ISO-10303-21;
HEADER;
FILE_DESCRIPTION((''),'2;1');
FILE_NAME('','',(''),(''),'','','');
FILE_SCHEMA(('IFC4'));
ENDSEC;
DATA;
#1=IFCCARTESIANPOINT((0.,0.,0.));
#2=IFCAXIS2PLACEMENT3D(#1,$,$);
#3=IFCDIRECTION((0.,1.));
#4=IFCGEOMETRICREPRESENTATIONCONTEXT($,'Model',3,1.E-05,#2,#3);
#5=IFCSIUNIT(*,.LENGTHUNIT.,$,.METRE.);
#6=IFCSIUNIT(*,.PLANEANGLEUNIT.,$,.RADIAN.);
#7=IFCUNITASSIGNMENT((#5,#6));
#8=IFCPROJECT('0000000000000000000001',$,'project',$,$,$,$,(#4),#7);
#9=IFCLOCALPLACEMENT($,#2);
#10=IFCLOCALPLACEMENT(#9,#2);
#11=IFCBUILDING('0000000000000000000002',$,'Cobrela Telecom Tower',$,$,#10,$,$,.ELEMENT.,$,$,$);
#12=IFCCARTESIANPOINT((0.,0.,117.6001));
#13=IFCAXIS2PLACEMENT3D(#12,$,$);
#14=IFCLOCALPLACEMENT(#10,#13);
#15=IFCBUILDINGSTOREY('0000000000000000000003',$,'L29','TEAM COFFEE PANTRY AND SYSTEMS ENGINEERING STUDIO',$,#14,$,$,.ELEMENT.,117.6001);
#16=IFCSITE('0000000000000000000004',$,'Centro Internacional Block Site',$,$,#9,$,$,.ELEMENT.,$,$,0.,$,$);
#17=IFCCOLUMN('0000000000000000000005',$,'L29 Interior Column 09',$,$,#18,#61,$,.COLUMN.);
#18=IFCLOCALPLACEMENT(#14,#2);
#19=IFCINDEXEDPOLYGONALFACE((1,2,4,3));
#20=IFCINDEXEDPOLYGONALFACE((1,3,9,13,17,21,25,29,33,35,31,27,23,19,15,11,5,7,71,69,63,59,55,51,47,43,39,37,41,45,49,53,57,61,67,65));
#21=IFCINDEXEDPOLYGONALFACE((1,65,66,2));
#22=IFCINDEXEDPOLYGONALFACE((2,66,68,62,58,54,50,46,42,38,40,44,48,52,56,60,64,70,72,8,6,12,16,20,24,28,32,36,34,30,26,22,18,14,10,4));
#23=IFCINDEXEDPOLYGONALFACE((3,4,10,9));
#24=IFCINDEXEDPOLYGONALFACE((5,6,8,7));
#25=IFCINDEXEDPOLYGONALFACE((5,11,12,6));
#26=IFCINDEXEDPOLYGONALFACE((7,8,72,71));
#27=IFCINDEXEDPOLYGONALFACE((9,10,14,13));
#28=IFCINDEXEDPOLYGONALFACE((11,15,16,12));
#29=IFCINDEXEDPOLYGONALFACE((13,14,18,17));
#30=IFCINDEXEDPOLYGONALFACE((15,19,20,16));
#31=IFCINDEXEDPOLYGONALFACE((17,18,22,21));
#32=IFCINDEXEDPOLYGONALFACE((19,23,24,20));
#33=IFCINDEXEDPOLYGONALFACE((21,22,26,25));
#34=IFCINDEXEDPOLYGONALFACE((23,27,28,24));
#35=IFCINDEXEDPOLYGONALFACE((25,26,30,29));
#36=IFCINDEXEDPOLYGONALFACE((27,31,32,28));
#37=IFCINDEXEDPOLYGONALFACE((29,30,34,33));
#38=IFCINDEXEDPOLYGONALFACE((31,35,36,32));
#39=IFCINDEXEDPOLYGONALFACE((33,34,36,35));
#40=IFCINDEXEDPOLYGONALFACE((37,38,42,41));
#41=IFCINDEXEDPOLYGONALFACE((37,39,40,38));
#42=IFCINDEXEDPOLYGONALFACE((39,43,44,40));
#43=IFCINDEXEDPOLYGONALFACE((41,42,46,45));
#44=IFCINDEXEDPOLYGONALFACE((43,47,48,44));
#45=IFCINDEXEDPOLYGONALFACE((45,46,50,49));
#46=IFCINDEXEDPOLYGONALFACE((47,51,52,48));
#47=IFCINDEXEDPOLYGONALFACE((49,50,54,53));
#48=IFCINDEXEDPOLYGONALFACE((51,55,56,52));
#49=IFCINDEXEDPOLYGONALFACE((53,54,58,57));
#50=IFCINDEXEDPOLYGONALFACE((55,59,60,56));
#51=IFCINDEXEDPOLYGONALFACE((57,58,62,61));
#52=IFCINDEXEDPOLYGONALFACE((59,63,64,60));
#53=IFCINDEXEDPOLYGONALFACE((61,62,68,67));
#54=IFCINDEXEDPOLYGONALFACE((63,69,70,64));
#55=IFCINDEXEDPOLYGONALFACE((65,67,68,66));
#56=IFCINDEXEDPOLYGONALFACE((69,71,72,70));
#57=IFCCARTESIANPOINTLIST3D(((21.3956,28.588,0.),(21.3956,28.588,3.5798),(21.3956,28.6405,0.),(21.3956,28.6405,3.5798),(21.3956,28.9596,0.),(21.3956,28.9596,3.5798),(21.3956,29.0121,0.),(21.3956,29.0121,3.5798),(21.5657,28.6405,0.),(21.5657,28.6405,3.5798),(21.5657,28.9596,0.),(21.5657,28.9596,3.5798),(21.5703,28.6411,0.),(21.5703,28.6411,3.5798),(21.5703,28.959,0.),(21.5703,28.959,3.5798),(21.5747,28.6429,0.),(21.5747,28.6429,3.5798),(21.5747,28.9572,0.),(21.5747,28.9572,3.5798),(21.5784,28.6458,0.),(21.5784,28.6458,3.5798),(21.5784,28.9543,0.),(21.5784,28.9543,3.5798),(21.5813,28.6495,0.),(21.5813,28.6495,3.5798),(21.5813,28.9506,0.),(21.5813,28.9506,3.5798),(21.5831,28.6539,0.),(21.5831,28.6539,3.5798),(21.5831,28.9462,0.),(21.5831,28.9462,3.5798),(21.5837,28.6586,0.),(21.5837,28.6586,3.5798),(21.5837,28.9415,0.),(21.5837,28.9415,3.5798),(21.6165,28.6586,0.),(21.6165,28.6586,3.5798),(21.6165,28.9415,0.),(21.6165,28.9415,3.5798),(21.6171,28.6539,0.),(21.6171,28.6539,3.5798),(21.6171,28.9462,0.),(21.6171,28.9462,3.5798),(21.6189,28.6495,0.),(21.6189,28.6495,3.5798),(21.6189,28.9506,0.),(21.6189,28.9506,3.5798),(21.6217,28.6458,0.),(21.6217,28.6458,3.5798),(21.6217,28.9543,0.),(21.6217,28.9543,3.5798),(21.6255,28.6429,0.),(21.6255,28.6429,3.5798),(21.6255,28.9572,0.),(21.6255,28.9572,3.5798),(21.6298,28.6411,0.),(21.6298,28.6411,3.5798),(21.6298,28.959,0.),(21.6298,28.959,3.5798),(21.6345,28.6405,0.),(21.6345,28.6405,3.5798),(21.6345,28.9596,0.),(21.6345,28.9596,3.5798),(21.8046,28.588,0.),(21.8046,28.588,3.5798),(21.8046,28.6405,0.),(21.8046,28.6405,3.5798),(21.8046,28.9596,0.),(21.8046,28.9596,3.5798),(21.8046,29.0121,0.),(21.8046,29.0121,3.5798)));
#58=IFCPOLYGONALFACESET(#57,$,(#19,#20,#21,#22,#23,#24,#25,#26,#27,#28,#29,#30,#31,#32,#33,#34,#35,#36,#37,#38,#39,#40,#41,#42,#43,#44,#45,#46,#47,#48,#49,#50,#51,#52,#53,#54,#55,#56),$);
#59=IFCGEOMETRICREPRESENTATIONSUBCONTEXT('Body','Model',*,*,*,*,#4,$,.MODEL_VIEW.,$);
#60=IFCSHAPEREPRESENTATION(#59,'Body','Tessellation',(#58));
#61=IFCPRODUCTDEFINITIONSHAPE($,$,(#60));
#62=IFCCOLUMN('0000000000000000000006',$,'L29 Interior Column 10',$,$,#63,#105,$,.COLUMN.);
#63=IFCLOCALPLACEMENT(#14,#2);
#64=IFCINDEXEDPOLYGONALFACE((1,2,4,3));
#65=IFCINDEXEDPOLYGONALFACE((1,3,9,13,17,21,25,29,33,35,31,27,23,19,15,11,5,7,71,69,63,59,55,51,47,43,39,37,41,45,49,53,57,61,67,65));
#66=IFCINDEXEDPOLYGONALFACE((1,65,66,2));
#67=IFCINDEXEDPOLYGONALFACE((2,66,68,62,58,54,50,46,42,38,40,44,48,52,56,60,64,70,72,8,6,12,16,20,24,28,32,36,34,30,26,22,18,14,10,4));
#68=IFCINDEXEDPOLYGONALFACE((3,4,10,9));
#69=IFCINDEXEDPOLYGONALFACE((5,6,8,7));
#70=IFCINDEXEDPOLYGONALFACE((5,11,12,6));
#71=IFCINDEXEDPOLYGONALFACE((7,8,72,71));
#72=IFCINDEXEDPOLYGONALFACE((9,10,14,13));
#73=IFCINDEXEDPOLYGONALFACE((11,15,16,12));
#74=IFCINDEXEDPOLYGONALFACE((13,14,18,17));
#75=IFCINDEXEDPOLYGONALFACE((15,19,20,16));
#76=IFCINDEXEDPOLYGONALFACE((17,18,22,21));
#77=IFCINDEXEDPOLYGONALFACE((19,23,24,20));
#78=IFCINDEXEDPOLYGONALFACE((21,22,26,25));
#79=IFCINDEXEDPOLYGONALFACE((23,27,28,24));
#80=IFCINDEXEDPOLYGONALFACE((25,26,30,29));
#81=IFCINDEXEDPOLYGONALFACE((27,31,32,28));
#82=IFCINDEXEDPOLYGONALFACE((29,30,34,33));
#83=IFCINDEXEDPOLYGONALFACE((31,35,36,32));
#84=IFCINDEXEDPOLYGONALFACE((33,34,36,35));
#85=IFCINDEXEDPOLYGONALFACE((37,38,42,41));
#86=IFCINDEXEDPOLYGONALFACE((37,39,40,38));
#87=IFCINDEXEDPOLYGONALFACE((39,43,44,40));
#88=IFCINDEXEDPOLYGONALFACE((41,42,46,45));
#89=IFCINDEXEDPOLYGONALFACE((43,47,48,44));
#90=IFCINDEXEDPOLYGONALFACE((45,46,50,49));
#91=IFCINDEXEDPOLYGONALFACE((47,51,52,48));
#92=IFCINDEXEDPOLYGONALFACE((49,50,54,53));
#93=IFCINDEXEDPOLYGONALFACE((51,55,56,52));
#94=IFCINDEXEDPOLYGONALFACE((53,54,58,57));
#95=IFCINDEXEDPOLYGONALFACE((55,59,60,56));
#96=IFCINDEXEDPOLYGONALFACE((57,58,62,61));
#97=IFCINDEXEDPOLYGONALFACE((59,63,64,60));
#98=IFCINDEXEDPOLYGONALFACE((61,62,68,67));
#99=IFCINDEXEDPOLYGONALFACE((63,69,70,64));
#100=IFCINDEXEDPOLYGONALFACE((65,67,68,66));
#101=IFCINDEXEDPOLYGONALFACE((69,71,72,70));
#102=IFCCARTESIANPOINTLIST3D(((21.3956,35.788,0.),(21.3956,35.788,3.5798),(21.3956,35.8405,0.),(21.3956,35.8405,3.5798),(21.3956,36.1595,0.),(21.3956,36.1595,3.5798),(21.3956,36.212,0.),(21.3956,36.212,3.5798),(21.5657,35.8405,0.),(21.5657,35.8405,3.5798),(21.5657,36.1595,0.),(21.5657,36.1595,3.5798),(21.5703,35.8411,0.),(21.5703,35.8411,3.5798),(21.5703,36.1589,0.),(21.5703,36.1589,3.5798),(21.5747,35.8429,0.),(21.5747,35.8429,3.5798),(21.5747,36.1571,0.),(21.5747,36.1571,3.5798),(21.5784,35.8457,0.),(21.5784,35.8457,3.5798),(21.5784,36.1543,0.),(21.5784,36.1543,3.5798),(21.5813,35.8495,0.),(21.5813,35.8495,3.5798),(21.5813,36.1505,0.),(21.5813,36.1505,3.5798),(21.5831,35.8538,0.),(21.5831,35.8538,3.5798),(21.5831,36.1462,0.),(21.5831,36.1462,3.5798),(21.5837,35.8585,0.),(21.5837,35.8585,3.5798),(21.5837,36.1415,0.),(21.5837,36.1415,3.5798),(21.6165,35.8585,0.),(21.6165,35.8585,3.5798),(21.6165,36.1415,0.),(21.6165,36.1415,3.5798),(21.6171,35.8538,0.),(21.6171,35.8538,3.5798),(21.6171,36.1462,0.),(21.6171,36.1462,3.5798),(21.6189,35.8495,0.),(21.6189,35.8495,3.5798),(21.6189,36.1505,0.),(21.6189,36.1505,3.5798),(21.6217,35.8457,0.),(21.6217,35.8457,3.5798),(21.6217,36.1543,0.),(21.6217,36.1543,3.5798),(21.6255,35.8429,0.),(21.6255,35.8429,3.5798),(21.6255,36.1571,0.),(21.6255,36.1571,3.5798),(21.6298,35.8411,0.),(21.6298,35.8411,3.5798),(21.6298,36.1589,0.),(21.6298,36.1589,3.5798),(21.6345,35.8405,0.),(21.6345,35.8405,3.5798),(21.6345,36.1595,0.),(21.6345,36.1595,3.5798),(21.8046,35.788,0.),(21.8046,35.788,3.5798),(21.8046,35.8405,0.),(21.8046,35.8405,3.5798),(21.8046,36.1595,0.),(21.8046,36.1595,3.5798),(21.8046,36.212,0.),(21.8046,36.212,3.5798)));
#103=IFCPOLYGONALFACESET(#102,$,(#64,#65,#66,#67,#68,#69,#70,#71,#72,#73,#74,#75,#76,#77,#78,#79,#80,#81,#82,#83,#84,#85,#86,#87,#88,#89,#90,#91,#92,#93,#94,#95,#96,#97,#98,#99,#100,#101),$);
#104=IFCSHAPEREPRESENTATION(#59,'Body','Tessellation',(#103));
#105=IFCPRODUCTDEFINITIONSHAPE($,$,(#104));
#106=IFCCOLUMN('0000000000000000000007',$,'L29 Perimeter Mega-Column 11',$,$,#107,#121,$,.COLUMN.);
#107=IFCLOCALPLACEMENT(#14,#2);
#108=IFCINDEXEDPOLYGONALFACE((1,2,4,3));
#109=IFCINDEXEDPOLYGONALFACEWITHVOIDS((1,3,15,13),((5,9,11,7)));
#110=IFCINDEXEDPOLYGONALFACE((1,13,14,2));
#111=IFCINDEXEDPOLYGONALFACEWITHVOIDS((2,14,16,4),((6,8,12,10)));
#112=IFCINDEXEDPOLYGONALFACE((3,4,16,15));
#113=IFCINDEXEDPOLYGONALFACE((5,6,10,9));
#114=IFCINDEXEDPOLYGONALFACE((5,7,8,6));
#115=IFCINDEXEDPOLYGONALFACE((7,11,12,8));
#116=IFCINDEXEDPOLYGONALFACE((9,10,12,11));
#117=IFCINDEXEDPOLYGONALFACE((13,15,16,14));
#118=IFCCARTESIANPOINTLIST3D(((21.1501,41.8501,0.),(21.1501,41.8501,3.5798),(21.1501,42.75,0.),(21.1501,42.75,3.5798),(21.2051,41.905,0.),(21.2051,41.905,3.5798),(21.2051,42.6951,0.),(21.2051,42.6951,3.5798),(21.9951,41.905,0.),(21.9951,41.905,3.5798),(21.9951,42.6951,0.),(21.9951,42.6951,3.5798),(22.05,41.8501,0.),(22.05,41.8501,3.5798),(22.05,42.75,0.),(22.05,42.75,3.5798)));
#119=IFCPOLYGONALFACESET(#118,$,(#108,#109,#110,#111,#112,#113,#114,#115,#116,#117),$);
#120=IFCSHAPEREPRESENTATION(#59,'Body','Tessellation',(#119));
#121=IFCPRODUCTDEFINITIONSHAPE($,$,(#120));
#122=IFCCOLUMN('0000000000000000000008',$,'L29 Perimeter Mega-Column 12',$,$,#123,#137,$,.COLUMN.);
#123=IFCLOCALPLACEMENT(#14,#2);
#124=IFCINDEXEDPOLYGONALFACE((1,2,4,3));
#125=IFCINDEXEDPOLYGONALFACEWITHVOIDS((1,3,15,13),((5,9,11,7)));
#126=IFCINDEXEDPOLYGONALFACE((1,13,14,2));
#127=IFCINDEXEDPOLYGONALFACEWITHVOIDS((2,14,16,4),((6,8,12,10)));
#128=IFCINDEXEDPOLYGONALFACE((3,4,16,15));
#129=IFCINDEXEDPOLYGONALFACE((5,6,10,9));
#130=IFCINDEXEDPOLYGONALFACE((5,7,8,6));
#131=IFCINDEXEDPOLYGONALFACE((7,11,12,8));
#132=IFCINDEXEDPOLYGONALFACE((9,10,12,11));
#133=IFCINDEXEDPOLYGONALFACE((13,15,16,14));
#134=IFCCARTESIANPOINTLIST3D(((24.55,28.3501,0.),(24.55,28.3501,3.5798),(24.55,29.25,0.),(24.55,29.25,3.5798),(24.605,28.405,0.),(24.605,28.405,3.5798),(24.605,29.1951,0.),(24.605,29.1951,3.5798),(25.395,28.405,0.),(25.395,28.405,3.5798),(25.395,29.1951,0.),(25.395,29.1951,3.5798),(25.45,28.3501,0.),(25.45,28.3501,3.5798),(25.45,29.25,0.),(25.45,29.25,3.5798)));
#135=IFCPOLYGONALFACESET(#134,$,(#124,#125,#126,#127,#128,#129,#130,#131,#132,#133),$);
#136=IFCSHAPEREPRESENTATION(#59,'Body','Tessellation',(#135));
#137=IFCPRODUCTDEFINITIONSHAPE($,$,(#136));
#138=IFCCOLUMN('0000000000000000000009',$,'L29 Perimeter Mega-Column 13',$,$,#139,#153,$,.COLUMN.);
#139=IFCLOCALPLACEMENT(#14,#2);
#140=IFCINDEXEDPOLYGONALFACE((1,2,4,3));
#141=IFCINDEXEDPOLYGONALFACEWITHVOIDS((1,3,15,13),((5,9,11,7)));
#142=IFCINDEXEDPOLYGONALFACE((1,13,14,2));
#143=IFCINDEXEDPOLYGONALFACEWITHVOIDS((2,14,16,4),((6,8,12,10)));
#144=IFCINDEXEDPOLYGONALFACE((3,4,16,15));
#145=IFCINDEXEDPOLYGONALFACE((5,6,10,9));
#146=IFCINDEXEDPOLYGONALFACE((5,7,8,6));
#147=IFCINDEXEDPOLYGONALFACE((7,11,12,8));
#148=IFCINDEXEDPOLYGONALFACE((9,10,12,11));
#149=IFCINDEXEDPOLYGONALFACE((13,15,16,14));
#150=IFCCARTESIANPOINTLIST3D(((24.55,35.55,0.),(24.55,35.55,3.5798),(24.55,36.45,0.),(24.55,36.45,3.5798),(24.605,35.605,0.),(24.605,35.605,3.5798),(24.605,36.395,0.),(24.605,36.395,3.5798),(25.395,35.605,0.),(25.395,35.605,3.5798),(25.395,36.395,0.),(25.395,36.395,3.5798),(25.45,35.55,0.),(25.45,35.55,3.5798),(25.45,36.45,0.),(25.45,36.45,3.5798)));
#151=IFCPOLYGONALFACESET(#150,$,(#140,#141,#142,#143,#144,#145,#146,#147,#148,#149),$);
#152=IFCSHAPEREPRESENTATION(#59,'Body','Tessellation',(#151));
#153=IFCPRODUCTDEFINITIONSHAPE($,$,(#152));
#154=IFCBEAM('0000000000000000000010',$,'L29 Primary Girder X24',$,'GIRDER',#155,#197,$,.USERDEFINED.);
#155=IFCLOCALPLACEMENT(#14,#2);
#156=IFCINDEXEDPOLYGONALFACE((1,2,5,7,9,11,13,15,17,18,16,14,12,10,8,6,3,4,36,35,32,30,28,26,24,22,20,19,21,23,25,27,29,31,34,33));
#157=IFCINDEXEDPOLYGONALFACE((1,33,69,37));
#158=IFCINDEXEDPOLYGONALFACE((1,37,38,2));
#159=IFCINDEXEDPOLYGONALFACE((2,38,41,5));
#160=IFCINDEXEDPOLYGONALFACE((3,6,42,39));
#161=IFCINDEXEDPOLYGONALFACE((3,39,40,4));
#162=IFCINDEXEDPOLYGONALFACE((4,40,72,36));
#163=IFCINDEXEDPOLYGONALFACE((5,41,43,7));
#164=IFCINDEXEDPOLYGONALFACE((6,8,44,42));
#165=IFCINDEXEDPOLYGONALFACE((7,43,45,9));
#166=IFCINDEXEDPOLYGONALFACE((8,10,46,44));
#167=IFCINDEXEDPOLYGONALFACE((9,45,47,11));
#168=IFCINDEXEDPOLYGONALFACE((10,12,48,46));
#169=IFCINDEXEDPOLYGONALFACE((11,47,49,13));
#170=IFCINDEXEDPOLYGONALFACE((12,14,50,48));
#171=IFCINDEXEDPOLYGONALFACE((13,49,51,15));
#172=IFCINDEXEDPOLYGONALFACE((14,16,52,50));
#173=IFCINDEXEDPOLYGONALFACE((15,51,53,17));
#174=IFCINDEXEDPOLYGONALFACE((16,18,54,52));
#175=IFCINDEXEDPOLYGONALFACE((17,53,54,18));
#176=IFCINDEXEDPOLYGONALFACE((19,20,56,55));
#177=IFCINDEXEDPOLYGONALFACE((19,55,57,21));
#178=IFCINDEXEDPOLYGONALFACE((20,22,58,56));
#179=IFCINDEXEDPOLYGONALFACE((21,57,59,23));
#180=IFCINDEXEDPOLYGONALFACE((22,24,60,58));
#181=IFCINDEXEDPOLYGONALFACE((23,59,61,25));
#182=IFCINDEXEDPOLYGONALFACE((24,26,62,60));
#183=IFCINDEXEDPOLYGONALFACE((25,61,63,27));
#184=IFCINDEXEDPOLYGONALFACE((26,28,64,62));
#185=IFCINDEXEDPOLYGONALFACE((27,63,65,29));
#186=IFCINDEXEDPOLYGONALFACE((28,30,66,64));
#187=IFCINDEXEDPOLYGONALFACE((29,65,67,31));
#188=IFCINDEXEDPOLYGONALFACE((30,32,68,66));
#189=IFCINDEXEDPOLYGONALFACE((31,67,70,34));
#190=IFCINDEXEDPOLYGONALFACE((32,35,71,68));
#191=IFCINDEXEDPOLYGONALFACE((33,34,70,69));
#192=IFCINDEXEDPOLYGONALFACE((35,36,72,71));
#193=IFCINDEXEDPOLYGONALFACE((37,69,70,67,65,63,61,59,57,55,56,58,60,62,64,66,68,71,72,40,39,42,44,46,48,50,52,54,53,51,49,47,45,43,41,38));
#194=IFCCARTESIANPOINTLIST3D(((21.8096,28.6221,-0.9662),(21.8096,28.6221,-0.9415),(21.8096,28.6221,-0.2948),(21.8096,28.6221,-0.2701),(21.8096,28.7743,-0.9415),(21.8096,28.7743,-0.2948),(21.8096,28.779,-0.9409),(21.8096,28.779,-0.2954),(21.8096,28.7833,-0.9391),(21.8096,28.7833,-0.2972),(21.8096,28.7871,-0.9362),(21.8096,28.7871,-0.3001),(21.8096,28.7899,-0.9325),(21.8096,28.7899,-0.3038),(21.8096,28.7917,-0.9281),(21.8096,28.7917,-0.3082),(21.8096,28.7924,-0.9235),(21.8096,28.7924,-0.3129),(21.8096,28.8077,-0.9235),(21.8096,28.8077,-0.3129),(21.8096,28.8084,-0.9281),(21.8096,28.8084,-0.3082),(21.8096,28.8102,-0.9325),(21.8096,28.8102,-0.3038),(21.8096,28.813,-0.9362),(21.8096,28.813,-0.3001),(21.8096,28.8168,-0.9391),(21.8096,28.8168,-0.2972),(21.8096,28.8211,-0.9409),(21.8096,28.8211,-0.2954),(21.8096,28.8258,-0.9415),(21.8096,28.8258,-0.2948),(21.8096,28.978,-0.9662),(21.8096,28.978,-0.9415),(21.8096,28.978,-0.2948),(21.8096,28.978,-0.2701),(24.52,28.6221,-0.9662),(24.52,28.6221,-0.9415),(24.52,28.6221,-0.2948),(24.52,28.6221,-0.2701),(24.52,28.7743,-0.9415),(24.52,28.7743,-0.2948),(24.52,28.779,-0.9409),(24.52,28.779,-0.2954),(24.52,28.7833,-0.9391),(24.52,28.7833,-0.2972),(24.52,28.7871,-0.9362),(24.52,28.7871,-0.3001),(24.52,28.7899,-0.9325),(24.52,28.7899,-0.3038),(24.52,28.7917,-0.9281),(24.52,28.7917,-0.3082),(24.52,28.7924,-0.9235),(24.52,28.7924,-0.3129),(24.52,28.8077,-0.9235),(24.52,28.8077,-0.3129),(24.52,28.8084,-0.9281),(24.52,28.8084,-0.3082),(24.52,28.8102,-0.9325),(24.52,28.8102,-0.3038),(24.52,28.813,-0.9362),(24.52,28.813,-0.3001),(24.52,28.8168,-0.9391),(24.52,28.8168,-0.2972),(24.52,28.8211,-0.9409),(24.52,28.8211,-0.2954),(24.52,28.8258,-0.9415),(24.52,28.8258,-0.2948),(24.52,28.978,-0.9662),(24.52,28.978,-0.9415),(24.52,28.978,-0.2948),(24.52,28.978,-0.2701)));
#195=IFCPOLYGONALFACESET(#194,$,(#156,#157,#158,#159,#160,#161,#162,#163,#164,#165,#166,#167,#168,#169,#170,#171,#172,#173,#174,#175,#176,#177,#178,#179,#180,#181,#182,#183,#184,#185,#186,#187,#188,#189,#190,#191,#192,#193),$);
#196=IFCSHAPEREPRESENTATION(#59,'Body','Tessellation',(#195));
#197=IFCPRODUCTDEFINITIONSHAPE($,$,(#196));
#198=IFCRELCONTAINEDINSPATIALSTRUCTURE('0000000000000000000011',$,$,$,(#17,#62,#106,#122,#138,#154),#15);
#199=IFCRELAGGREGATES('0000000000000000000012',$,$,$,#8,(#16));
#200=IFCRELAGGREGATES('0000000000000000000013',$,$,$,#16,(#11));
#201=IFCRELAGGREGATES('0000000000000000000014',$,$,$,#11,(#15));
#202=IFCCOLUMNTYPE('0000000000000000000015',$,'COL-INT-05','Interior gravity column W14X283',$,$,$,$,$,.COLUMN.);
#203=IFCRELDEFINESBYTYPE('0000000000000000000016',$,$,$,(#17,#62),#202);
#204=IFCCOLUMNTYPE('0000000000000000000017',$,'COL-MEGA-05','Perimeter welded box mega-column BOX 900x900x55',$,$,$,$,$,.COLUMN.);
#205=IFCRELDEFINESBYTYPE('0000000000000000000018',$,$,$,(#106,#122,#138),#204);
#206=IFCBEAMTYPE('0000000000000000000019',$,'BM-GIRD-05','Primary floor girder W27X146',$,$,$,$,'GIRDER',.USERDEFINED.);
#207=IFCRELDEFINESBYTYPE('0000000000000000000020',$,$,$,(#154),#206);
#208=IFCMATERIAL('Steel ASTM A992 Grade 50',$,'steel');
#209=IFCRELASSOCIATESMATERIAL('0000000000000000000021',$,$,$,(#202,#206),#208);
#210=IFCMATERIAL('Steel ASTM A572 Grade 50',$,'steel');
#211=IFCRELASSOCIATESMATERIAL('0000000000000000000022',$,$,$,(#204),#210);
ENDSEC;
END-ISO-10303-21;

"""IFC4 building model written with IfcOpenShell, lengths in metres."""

from ifc_helpers import new_model, si_unit, direction, frame, origin, origin_2d, place, context, subcontext, project, spatial, hollow_rectangle, i_section, extrude, material, material_profile, profile_set, type_object, element, save


model = new_model("IFC4")

# Units and contexts
model_context = context("Model", 3, precision=1e-05, world=origin(), true_north=direction((0.0, 1.0)))
body_context = subcontext(model_context, "Body", "Model", "MODEL_VIEW")
ifc_project = project(units=[si_unit("LENGTHUNIT", "METRE"), si_unit("PLANEANGLEUNIT", "RADIAN")], contexts=[model_context])

# Site, building, storey
site_placement = place(None, origin())
site = spatial("IfcSite", under=ifc_project, at=site_placement, Name="Centro Internacional Block Site", CompositionType="ELEMENT", RefElevation=0.0)
building_placement = place(site_placement, origin())
building = spatial("IfcBuilding", under=site, at=building_placement, Name="Cobrela Telecom Tower", CompositionType="ELEMENT")
storey_placement = place(building_placement, frame((0.0, 0.0, 117.6001)))
storey = spatial("IfcBuildingStorey", under=building, at=storey_placement, Name="L29", Description="TEAM COFFEE PANTRY AND SYSTEMS ENGINEERING STUDIO", CompositionType="ELEMENT", Elevation=117.6001)

# Columns
ifc_material_1 = material(Name="Steel ASTM A992 Grade 50", Category="steel")
ifc_material_profile_1 = material_profile(ifc_material_1, i_section(OverallWidth=0.4089, OverallDepth=0.4241, WebThickness=0.0327, FlangeThickness=0.0525, FilletRadius=0.0181, at=origin_2d()), Name="W14X283")
ifc_profile_set_1 = profile_set([ifc_material_profile_1], Name="Steel ASTM A992 Grade 50")
column_type_1 = type_object("IfcColumnType", Name="COL-INT-05", Description="Interior gravity column W14X283", PredefinedType="COLUMN", material=ifc_profile_set_1)
for number, where, z_axis, x_axis, name in (
    (1, (21.6001, 28.8, 0.0), (0.0, 0.0, 1.0), (1.0, 0.0, 0.0), "L29 Interior Column 09"),
    (2, (21.6001, 36.0, 0.0), (0.0, 0.0, 1.0), (1.0, 0.0, 0.0), "L29 Interior Column 10"),
):
    element("IfcColumn", number, at=place(storey_placement, frame(where, z_axis=z_axis, x_axis=x_axis)), inside=storey, type_object=column_type_1, Name=name, PredefinedType="COLUMN", context=body_context, shape_type="SweptSolid", body=[
        extrude(i_section(OverallWidth=0.4089, OverallDepth=0.4241, WebThickness=0.0327, FlangeThickness=0.0525, FilletRadius=0.0181, at=origin_2d()), origin(), (0.0, 0.0, 1.0), 3.5798),
    ])
ifc_material_2 = material(Name="Steel ASTM A572 Grade 50", Category="steel")
ifc_material_profile_2 = material_profile(ifc_material_2, hollow_rectangle(XDim=0.8999, YDim=0.8999, WallThickness=0.0549, at=origin_2d()), Name="BOX 900x900x55")
ifc_profile_set_2 = profile_set([ifc_material_profile_2], Name="Steel ASTM A572 Grade 50")
column_type_2 = type_object("IfcColumnType", Name="COL-MEGA-05", Description="Perimeter welded box mega-column BOX 900x900x55", PredefinedType="COLUMN", material=ifc_profile_set_2)
for number, where, z_axis, x_axis, name in (
    (3, (21.6001, 42.3, 0.0), (0.0, 0.0, 1.0), (1.0, 0.0, 0.0), "L29 Perimeter Mega-Column 11"),
    (4, (25.0, 28.8, 0.0), (0.0, 0.0, 1.0), (1.0, 0.0, 0.0), "L29 Perimeter Mega-Column 12"),
    (5, (25.0, 36.0, 0.0), (0.0, 0.0, 1.0), (1.0, 0.0, 0.0), "L29 Perimeter Mega-Column 13"),
):
    element("IfcColumn", number, at=place(storey_placement, frame(where, z_axis=z_axis, x_axis=x_axis)), inside=storey, type_object=column_type_2, Name=name, PredefinedType="COLUMN", context=body_context, shape_type="SweptSolid", body=[
        extrude(hollow_rectangle(XDim=0.8999, YDim=0.8999, WallThickness=0.0549, at=origin_2d()), origin(), (0.0, 0.0, 1.0), 3.5798),
    ])

# Beam
ifc_material_profile_3 = material_profile(ifc_material_1, i_section(OverallWidth=0.356, OverallDepth=0.696, WebThickness=0.0154, FlangeThickness=0.0247, FilletRadius=0.0181, at=origin_2d()), Name="W27X146")
ifc_profile_set_3 = profile_set([ifc_material_profile_3], Name="Steel ASTM A992 Grade 50")
beam_type_1 = type_object("IfcBeamType", Name="BM-GIRD-05", Description="Primary floor girder W27X146", ElementType="GIRDER", PredefinedType="USERDEFINED", material=ifc_profile_set_3)
for number, where, z_axis, x_axis, name in (
    (6, (21.8096, 28.8, -0.6182), (1.0, 0.0, 0.0), (0.0, 1.0, 0.0), "L29 Primary Girder X24"),
):
    element("IfcBeam", number, at=place(storey_placement, frame(where, z_axis=z_axis, x_axis=x_axis)), inside=storey, type_object=beam_type_1, Name=name, ObjectType="GIRDER", PredefinedType="USERDEFINED", context=body_context, shape_type="SweptSolid", body=[
        extrude(i_section(OverallWidth=0.356, OverallDepth=0.696, WebThickness=0.0154, FlangeThickness=0.0247, FilletRadius=0.0181, at=origin_2d()), origin(), (0.0, 0.0, 1.0), 2.7104),
    ])

save(model, "model.ifc")
